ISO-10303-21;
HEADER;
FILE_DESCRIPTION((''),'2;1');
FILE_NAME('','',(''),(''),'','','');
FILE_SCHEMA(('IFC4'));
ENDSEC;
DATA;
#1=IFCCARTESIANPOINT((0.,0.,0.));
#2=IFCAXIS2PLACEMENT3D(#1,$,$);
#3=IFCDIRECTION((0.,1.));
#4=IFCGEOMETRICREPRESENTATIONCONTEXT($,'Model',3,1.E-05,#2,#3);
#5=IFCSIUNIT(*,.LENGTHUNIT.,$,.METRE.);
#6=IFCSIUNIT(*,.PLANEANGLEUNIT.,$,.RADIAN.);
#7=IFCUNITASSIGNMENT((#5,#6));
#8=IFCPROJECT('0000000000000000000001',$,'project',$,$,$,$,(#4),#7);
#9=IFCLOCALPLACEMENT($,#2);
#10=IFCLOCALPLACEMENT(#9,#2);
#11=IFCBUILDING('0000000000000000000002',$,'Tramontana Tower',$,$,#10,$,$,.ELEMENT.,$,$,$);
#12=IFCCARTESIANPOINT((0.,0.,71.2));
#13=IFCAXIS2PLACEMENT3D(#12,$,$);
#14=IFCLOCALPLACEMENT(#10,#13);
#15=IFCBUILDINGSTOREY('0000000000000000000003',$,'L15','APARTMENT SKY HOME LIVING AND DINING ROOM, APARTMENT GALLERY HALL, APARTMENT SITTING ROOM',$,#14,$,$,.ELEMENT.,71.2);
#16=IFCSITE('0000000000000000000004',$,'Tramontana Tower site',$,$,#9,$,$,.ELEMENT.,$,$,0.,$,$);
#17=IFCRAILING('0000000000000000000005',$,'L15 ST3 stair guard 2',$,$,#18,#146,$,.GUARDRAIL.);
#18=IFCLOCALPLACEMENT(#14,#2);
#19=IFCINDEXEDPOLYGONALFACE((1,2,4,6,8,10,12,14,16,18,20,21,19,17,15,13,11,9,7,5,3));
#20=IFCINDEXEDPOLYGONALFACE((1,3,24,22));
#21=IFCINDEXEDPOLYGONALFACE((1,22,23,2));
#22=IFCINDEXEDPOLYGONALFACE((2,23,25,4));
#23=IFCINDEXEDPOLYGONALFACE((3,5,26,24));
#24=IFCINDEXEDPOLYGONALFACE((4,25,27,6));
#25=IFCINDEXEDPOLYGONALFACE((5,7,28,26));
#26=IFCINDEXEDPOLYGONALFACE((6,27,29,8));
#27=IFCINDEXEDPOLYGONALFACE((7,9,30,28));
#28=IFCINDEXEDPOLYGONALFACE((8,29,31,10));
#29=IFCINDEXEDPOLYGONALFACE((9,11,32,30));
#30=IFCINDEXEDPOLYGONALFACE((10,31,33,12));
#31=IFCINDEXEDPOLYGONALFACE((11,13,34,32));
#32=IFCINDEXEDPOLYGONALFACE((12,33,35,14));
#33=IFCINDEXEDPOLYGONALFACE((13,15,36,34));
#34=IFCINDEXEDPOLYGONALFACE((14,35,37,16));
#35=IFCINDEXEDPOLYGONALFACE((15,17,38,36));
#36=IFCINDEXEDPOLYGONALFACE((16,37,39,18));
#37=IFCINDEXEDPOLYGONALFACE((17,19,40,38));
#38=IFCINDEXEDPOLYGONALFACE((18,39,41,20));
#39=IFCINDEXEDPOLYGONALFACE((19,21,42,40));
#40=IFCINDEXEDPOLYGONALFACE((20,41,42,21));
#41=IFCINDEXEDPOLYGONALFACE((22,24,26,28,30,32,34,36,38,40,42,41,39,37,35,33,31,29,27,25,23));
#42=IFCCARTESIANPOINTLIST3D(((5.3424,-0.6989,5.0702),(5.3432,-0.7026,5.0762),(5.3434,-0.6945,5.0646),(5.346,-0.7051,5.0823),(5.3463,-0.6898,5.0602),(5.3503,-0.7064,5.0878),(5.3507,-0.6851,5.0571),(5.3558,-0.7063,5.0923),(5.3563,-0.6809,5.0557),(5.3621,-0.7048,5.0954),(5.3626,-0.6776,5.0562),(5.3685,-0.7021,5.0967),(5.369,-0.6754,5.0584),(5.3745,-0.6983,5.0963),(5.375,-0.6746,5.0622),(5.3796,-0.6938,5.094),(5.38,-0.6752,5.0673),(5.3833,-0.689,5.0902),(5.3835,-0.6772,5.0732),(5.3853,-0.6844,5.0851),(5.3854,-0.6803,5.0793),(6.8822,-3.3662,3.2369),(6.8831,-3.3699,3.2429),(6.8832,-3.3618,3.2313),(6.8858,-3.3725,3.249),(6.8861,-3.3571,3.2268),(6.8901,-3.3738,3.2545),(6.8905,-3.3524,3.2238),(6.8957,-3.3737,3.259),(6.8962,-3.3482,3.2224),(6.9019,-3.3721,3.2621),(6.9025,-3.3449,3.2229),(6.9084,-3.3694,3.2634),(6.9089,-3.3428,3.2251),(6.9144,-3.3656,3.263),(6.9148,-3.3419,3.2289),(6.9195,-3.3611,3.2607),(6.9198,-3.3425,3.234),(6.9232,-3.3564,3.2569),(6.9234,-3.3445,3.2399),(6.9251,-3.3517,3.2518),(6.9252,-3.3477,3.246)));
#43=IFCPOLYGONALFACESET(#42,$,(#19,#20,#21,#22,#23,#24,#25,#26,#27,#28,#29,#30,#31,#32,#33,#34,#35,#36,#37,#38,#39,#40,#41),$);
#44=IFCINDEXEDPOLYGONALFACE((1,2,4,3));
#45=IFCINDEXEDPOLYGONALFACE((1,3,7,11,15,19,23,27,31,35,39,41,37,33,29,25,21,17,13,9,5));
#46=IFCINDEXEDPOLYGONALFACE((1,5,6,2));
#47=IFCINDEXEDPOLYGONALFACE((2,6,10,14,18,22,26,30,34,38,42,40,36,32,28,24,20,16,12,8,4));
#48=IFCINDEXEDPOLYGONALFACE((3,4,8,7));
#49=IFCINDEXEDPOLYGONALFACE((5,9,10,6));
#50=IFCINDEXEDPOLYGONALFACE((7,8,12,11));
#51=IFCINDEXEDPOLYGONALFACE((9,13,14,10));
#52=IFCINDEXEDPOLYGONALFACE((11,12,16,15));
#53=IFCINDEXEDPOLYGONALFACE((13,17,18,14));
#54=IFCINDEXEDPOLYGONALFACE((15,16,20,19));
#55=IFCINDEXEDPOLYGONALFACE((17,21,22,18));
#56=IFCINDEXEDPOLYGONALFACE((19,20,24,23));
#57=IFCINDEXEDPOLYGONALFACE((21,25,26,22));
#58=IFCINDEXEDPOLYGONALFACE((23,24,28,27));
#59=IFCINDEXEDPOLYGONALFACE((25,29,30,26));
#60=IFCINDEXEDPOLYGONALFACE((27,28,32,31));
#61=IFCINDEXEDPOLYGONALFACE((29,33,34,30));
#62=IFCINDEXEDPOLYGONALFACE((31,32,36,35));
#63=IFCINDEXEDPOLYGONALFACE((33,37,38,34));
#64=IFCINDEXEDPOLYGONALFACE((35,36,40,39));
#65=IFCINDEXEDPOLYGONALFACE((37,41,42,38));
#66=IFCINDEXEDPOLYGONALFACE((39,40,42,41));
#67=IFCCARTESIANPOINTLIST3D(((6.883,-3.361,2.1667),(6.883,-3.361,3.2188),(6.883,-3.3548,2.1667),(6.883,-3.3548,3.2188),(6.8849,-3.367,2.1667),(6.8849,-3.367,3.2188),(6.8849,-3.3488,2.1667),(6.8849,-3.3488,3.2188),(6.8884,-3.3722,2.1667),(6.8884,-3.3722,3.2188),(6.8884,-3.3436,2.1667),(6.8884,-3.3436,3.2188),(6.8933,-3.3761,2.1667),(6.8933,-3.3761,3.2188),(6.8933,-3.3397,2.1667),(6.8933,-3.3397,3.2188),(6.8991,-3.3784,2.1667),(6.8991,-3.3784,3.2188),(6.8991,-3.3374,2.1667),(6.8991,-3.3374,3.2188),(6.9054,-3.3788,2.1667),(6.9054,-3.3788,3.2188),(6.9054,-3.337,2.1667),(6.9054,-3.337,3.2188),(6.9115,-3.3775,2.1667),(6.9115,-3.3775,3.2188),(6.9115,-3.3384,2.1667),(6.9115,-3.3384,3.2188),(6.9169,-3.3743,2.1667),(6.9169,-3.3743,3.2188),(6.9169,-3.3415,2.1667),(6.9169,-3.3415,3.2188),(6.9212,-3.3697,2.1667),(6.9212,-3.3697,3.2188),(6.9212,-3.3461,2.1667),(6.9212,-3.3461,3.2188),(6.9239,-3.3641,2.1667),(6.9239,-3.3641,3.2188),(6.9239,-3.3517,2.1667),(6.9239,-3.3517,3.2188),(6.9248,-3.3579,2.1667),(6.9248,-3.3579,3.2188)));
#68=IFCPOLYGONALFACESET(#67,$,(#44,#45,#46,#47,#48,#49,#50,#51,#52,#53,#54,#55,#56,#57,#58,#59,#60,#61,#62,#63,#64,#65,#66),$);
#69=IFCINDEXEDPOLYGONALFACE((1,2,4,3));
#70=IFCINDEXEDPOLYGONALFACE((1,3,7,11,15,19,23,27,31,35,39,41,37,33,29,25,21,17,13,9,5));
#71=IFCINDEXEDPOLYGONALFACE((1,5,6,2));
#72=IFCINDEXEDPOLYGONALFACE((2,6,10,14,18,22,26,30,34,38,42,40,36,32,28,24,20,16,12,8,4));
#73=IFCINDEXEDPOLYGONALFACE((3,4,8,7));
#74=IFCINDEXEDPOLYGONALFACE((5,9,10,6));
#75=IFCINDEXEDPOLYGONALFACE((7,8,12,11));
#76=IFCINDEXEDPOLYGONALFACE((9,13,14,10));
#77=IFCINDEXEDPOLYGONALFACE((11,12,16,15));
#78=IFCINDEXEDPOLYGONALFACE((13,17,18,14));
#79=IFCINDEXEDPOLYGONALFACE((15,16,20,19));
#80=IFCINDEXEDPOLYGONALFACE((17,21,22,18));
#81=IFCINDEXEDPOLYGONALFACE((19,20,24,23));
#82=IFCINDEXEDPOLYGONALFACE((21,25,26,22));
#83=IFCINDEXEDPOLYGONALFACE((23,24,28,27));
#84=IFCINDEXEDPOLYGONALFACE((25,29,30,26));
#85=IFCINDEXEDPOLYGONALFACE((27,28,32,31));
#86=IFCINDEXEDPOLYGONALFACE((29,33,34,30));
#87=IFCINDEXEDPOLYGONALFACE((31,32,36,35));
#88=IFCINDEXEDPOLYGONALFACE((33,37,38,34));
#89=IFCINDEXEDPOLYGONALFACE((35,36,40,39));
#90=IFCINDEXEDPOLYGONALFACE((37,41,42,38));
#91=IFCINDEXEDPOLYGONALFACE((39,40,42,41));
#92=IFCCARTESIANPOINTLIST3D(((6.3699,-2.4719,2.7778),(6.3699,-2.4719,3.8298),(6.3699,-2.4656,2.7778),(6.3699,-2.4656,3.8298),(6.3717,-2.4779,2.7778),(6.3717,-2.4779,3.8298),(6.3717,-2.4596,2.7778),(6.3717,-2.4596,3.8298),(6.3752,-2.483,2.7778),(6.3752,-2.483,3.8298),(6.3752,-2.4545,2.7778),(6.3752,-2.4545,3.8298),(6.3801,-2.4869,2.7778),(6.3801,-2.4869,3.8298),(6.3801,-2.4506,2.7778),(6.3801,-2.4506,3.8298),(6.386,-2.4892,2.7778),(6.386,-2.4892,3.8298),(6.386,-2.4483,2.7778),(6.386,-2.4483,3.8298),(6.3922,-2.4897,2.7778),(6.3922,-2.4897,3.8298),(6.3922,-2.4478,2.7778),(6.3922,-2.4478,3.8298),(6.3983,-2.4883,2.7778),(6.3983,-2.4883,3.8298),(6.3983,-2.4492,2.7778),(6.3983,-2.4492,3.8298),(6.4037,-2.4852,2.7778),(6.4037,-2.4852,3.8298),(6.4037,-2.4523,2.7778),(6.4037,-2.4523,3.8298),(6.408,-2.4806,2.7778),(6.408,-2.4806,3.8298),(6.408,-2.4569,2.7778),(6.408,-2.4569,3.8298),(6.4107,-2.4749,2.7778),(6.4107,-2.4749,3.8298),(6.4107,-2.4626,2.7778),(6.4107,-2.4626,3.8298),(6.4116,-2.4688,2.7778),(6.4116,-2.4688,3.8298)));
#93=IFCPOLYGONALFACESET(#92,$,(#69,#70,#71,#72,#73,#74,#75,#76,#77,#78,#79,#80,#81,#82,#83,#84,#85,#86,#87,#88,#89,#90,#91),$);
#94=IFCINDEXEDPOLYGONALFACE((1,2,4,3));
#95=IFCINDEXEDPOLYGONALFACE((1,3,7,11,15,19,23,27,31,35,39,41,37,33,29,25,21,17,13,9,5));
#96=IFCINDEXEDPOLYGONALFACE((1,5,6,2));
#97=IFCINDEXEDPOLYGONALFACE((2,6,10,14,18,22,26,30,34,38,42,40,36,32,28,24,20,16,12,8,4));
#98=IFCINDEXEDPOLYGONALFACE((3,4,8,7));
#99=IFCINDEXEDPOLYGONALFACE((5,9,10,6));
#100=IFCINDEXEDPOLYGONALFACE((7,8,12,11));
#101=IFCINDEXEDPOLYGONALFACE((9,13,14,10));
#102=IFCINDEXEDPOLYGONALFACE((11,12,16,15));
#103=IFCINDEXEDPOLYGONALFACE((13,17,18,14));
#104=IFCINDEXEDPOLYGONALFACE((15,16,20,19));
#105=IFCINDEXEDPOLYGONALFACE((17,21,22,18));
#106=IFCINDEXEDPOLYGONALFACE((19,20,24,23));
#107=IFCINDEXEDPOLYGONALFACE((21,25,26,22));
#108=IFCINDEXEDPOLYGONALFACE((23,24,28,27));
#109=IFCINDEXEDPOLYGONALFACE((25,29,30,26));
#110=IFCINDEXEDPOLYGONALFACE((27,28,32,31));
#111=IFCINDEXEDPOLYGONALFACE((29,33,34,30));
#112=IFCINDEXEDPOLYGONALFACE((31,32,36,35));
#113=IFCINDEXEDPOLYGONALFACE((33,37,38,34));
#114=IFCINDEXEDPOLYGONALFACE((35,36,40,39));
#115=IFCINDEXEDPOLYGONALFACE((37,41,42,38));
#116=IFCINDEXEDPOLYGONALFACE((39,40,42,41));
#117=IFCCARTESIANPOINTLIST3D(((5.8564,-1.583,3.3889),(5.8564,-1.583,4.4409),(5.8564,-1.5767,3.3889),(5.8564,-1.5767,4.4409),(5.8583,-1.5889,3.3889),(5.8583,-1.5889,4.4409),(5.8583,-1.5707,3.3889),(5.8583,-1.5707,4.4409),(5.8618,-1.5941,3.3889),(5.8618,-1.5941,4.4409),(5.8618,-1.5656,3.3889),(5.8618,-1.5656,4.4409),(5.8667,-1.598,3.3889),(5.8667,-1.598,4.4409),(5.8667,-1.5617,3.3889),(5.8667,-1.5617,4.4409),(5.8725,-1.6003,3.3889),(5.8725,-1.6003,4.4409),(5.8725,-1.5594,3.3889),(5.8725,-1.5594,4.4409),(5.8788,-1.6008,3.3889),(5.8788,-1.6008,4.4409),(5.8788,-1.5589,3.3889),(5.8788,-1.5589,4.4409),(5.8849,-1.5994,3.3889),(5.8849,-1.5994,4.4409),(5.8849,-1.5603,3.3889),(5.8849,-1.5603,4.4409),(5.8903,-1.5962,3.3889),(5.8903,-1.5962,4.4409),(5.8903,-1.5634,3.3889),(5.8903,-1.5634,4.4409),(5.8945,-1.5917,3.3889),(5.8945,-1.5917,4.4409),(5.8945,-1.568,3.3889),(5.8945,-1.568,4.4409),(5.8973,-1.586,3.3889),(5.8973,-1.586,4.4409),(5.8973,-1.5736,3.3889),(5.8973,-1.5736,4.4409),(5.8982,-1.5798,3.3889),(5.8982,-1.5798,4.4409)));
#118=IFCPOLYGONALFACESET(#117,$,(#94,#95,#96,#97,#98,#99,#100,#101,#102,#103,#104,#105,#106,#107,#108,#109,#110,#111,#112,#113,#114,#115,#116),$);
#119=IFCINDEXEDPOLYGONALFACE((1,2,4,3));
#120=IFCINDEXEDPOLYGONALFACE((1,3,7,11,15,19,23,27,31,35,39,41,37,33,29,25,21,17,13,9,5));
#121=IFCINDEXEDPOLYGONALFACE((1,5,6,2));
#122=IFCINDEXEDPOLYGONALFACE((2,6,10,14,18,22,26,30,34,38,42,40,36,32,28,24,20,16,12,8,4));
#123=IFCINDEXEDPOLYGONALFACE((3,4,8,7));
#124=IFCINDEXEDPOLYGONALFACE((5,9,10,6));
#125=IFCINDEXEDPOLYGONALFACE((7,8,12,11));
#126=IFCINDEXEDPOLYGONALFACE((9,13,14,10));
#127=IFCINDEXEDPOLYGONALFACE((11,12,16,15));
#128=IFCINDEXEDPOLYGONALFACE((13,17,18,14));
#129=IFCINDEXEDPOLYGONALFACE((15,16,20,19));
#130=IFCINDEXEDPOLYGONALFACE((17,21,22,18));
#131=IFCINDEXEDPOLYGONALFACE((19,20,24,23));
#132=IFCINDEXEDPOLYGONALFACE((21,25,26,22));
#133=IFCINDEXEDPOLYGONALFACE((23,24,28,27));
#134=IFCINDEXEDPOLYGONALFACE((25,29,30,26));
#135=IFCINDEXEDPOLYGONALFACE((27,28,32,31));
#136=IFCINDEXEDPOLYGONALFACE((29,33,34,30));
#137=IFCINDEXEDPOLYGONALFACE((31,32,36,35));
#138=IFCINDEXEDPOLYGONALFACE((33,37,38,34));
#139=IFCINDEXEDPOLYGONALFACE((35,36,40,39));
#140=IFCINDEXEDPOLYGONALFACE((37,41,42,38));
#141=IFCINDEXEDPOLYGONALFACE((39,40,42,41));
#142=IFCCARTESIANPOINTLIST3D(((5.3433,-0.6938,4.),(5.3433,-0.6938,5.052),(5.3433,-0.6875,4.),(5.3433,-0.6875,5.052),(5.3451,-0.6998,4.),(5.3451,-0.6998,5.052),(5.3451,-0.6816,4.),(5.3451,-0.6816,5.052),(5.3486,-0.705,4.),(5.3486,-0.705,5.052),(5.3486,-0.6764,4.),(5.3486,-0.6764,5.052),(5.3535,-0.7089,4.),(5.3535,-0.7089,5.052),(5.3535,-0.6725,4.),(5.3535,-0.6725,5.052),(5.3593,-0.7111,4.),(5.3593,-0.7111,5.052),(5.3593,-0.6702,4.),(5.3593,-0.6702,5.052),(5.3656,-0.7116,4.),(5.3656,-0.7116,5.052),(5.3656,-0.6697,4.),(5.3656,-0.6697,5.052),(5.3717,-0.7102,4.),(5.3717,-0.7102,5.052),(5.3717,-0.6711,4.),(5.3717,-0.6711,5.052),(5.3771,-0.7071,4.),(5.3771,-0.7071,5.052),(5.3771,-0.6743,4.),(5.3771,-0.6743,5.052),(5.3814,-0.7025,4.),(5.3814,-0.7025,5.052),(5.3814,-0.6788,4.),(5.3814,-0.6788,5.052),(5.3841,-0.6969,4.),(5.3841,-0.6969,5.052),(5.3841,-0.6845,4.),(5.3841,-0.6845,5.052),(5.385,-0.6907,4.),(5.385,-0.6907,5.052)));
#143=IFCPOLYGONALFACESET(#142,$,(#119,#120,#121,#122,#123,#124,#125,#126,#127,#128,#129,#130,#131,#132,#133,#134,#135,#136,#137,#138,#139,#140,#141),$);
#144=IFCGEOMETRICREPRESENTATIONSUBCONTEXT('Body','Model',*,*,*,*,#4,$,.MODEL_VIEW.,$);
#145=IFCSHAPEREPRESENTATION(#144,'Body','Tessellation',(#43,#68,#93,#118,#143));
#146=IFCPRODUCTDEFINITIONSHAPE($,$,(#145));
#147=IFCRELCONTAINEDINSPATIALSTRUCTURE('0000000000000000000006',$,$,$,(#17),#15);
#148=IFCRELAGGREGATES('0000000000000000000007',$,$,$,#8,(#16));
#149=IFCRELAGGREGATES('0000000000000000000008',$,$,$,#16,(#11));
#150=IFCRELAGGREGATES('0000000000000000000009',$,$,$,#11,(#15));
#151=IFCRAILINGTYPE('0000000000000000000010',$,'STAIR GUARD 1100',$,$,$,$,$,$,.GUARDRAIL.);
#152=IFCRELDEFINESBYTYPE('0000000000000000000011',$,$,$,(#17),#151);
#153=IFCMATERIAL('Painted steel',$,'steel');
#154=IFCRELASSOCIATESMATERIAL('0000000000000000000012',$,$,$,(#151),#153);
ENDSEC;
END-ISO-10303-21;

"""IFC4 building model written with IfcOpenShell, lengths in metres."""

from ifc_helpers import new_model, si_unit, direction, frame, origin, origin_2d, place, context, subcontext, project, spatial, circle, extrude, material, type_object, element, save


model = new_model("IFC4")

# Units and contexts
model_context = context("Model", 3, precision=1e-05, world=origin(), true_north=direction((0.0, 1.0)))
body_context = subcontext(model_context, "Body", "Model", "MODEL_VIEW")
ifc_project = project(units=[si_unit("LENGTHUNIT", "METRE"), si_unit("PLANEANGLEUNIT", "RADIAN")], contexts=[model_context])

# Site, building, storey
site_placement = place(None, origin())
site = spatial("IfcSite", under=ifc_project, at=site_placement, Name="Tramontana Tower site", CompositionType="ELEMENT", RefElevation=0.0)
building_placement = place(site_placement, origin())
building = spatial("IfcBuilding", under=site, at=building_placement, Name="Tramontana Tower", CompositionType="ELEMENT")
storey_placement = place(building_placement, frame((0.0, 0.0, 71.2)))
storey = spatial("IfcBuildingStorey", under=building, at=storey_placement, Name="L15", Description="APARTMENT SKY HOME LIVING AND DINING ROOM, APARTMENT GALLERY HALL, APARTMENT SITTING ROOM", CompositionType="ELEMENT", Elevation=71.2)

# Railing
ifc_material_1 = material(Name="Painted steel", Category="steel")
railing_type_1 = type_object("IfcRailingType", Name="STAIR GUARD 1100", PredefinedType="GUARDRAIL", material=ifc_material_1)
railing_1_placement = place(storey_placement, frame((6.9038, -3.3579, 2.1667)))
element("IfcRailing", 1, at=railing_1_placement, inside=storey, type_object=railing_type_1, Name="L15 ST3 stair guard 2", PredefinedType="GUARDRAIL", context=body_context, shape_type="SweptSolid", body=[
    extrude(circle(Radius=0.0239, at=origin_2d()), frame((0.0, 0.0, 1.0762), z_axis=(-0.429616, 0.744181, 0.511493), x_axis=(-0.866044, -0.499967, 0.0)), (0.0, 0.0, 1.0), 3.5842),
    extrude(circle(Radius=0.021, at=origin_2d()), origin(), (0.0, 0.0, 1.0), 1.052),
    extrude(circle(Radius=0.021, at=origin_2d()), frame((-0.5132, 0.8892, 0.6111)), (0.0, 0.0, 1.0), 1.052),
    extrude(circle(Radius=0.021, at=origin_2d()), frame((-1.0266, 1.7781, 1.2222)), (0.0, 0.0, 1.0), 1.052),
    extrude(circle(Radius=0.021, at=origin_2d()), frame((-1.5398, 2.6672, 1.8333)), (0.0, 0.0, 1.0), 1.052),
])

save(model, "model.ifc")
